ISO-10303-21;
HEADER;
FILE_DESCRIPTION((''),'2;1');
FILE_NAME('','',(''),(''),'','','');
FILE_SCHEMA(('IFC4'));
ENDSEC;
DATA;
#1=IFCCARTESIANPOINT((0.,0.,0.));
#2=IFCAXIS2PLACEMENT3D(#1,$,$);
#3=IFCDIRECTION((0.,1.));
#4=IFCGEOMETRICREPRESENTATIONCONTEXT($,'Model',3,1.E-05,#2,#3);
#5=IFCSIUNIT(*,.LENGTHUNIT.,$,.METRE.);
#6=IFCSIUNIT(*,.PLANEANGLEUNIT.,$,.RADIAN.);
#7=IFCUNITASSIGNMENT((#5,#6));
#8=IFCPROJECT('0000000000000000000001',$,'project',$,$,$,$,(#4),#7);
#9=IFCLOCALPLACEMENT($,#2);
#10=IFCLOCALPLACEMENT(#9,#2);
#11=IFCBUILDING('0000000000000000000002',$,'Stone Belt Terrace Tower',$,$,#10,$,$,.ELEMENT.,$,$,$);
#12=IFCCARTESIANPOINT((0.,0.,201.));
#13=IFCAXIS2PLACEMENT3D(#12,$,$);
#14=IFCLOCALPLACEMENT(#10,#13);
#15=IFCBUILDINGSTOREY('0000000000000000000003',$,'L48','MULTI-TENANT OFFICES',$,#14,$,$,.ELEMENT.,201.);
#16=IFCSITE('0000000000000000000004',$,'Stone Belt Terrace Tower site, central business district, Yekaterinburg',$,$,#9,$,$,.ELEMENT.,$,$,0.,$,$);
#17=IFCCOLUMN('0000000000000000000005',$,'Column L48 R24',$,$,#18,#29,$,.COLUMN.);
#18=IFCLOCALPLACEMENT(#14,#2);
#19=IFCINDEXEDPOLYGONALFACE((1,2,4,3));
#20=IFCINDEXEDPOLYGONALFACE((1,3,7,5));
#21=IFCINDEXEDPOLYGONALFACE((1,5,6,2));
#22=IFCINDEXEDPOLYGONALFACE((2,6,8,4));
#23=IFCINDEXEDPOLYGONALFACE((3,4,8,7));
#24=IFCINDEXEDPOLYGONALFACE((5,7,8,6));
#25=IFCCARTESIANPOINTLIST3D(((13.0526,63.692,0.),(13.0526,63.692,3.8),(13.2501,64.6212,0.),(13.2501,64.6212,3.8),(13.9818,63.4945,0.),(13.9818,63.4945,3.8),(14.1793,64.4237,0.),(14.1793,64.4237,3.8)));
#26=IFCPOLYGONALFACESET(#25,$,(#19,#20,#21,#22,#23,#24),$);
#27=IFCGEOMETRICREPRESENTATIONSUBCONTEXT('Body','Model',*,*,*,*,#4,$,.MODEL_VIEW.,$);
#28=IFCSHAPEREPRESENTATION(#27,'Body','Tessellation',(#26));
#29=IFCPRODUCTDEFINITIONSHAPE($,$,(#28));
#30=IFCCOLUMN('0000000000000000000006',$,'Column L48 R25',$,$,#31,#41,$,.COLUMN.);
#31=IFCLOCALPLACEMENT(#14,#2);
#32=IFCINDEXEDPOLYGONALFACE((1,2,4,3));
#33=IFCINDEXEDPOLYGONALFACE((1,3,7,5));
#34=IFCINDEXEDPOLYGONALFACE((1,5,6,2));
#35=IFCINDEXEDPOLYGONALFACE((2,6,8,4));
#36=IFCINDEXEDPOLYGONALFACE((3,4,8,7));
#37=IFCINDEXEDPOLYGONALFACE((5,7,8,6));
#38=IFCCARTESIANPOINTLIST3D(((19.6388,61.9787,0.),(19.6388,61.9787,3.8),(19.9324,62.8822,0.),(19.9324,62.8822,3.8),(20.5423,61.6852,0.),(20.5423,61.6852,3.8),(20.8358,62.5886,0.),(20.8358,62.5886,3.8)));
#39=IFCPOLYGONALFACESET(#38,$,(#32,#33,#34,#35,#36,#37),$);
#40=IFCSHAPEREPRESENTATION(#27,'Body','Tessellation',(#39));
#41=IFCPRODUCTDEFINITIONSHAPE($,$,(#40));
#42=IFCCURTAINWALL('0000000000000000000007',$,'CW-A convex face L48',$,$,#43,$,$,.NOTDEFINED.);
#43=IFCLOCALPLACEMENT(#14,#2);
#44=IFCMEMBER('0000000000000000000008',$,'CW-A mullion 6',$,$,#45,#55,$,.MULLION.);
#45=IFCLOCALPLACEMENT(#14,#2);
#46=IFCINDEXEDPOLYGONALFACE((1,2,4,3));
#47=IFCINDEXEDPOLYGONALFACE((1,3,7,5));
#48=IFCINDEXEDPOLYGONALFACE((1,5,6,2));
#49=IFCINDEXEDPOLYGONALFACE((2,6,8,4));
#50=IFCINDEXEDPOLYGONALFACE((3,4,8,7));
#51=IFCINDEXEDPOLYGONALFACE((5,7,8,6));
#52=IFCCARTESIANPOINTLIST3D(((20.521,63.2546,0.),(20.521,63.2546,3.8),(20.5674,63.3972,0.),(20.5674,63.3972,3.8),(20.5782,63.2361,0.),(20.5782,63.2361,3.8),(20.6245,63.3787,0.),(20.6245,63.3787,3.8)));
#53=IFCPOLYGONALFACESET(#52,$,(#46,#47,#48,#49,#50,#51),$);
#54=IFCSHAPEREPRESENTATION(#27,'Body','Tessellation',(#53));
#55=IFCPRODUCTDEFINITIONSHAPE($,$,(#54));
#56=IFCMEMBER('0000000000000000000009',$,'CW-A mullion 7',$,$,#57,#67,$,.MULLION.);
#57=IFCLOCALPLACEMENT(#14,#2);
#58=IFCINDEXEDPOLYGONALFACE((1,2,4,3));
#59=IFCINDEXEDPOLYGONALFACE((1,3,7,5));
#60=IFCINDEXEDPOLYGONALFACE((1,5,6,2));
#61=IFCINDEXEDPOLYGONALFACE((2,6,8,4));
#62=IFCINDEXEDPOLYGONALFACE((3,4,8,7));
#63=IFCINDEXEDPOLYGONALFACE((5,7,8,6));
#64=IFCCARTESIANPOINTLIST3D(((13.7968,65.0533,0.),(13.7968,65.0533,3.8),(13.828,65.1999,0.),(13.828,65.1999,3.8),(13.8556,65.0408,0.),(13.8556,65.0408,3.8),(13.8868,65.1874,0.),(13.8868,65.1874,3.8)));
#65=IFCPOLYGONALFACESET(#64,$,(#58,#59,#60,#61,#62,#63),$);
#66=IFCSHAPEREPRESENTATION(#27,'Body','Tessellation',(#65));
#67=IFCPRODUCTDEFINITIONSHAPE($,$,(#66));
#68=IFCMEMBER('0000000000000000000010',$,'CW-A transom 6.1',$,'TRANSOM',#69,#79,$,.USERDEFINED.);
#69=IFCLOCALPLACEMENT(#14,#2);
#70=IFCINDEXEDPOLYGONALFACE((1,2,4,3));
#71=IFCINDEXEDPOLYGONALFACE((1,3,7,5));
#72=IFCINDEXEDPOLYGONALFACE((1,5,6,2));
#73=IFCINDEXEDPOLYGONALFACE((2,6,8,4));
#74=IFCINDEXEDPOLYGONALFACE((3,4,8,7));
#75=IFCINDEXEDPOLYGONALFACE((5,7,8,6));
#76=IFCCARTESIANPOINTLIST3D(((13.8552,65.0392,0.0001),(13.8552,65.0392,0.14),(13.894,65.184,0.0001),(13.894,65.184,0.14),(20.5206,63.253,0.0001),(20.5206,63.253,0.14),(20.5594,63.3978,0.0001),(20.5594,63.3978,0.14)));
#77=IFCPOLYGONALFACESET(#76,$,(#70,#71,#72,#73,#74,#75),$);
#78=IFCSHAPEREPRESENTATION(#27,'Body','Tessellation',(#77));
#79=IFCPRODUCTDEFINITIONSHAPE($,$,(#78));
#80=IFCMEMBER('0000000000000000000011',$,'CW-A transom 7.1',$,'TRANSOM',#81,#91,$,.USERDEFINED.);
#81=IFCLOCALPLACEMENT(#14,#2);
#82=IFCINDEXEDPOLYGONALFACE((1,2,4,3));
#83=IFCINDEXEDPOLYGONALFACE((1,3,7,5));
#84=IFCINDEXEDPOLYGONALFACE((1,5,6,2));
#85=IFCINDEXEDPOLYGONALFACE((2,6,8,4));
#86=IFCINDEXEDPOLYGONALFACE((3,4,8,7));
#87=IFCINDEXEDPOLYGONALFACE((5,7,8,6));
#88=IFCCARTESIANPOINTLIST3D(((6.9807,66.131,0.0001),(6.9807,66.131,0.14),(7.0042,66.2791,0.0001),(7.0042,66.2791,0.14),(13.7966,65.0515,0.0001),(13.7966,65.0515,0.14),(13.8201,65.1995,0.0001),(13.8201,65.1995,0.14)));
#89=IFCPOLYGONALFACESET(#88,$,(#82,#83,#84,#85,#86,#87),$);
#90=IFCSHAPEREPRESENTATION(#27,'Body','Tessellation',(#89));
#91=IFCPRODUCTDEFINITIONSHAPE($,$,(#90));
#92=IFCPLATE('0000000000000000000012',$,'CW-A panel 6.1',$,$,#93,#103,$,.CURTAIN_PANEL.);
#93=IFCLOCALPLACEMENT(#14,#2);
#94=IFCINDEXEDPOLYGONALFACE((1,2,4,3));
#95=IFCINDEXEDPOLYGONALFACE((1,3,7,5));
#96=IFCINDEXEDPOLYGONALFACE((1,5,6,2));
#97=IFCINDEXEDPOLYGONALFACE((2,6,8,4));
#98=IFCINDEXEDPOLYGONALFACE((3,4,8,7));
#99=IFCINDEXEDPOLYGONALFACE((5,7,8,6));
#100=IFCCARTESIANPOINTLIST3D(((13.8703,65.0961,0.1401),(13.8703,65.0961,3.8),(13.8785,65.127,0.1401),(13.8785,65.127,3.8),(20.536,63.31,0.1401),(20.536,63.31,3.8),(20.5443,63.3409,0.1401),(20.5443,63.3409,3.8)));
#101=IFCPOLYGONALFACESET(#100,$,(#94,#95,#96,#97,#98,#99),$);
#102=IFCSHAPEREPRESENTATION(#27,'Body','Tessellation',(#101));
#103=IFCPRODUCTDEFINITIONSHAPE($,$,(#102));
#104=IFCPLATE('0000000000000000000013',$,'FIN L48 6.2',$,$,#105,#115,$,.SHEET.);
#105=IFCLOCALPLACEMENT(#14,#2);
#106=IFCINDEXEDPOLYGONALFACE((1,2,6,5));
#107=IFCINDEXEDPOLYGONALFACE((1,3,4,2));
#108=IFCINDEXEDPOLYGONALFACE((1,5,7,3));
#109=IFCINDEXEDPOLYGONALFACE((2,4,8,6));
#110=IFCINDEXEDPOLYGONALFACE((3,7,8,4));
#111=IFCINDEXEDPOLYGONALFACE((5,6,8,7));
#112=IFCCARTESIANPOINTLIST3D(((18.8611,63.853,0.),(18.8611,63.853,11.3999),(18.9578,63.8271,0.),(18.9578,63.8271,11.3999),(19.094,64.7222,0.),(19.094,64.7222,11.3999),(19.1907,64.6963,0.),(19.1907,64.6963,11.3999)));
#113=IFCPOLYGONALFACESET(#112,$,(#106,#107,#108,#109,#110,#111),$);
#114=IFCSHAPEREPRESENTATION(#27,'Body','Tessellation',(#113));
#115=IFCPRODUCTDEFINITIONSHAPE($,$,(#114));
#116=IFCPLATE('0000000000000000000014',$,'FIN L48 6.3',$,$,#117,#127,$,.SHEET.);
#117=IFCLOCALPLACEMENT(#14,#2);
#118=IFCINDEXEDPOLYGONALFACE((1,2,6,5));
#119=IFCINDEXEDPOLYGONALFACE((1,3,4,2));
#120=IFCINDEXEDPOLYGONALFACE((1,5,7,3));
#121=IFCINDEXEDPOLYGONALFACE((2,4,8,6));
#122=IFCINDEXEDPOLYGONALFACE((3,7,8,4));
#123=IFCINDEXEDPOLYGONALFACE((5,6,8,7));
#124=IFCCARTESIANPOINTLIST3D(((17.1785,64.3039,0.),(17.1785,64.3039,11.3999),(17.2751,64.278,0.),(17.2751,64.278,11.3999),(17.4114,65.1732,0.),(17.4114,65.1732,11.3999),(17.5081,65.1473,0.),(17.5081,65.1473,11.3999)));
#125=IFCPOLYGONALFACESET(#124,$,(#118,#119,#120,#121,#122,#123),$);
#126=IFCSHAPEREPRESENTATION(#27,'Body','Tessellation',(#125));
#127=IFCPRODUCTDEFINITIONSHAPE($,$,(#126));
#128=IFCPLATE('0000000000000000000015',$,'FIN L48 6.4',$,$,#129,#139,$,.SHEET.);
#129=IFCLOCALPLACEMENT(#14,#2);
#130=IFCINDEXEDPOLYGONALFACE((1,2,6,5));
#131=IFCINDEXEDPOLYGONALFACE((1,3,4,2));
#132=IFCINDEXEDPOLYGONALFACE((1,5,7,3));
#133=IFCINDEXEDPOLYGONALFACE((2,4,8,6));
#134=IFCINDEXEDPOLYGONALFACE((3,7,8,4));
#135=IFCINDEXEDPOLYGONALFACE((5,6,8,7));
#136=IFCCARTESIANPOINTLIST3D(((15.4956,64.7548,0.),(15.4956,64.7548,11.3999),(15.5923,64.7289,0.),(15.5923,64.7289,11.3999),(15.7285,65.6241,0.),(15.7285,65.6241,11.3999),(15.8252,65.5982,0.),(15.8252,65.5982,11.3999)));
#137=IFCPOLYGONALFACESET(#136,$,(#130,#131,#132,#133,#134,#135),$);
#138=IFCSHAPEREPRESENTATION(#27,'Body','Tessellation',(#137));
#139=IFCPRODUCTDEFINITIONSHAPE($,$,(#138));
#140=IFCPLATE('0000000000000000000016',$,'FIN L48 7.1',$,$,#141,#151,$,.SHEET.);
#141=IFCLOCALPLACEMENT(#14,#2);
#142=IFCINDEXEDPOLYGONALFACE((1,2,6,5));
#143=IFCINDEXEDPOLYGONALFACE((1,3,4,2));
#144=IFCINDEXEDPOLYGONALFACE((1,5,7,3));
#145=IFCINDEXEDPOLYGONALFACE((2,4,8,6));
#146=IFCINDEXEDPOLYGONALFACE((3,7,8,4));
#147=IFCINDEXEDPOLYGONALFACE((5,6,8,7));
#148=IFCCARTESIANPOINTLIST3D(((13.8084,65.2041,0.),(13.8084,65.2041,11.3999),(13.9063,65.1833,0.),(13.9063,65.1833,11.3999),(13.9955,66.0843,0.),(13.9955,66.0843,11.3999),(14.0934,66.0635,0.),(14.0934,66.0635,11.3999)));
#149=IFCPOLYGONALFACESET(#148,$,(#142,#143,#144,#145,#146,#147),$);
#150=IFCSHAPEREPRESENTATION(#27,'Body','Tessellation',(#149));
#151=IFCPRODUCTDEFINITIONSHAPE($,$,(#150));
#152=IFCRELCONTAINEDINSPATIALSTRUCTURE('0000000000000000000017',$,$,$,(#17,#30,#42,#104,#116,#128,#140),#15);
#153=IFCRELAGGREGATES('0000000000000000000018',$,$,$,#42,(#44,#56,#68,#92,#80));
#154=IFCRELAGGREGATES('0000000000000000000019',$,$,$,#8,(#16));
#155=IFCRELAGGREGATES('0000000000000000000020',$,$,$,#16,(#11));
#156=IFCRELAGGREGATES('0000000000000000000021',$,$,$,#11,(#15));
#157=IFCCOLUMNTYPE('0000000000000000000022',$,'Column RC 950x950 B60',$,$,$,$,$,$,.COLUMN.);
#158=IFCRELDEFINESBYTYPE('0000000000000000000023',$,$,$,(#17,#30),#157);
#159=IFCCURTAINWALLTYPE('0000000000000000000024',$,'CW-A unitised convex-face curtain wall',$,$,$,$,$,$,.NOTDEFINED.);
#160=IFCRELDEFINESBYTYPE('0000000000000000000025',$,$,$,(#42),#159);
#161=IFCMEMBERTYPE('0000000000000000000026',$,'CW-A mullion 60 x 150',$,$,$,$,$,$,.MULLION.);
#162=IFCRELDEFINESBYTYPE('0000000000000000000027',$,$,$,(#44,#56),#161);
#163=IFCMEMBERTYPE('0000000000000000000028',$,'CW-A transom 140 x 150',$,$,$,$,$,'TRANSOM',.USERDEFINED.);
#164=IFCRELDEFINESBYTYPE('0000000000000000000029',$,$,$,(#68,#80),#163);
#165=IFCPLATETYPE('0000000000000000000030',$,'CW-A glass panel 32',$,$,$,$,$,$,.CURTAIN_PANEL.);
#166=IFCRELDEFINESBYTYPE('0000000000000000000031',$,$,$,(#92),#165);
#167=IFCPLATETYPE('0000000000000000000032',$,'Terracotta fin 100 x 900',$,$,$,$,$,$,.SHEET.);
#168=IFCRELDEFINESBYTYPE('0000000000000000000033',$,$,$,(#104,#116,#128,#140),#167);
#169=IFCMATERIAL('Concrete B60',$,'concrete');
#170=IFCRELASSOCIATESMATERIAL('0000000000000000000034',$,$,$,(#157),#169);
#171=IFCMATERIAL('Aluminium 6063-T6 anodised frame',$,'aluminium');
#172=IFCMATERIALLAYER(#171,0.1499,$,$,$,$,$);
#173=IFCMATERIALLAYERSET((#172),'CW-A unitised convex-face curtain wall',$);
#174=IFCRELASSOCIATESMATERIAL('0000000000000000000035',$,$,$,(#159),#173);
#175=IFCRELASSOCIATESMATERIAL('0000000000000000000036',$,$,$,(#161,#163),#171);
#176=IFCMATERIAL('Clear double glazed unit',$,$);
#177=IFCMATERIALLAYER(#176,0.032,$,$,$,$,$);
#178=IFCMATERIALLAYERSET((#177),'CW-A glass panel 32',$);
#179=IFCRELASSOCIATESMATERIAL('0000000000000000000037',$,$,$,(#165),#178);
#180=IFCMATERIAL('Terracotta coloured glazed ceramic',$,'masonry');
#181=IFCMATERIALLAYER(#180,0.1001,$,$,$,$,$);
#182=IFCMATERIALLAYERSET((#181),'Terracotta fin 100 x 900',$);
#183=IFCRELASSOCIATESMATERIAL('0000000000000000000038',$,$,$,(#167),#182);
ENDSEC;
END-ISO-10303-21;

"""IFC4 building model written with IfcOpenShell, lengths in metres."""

from ifc_helpers import new_model, si_unit, direction, frame, origin, origin_2d, place, context, subcontext, project, spatial, rectangle, extrude, material, layer, layer_set, material_profile, profile_set, type_object, element, aggregate, save


model = new_model("IFC4")

# Units and contexts
model_context = context("Model", 3, precision=1e-05, world=origin(), true_north=direction((0.0, 1.0)))
body_context = subcontext(model_context, "Body", "Model", "MODEL_VIEW")
ifc_project = project(units=[si_unit("LENGTHUNIT", "METRE"), si_unit("PLANEANGLEUNIT", "RADIAN")], contexts=[model_context])

# Site, building, storey
site_placement = place(None, origin())
site = spatial("IfcSite", under=ifc_project, at=site_placement, Name="Stone Belt Terrace Tower site, central business district, Yekaterinburg", CompositionType="ELEMENT", RefElevation=0.0)
building_placement = place(site_placement, origin())
building = spatial("IfcBuilding", under=site, at=building_placement, Name="Stone Belt Terrace Tower", CompositionType="ELEMENT")
storey_placement = place(building_placement, frame((0.0, 0.0, 201.0)))
storey = spatial("IfcBuildingStorey", under=building, at=storey_placement, Name="L48", Description="MULTI-TENANT OFFICES", CompositionType="ELEMENT", Elevation=201.0)

# Columns
ifc_material_1 = material(Name="Concrete B60", Category="concrete")
ifc_material_profile_1 = material_profile(ifc_material_1, rectangle(XDim=0.95, YDim=0.95, at=origin_2d()), Name="RC 950x950")
ifc_profile_set_1 = profile_set([ifc_material_profile_1], Name="Concrete B60")
column_type = type_object("IfcColumnType", Name="Column RC 950x950 B60", PredefinedType="COLUMN", material=ifc_profile_set_1)
for number, where, z_axis, x_axis, name in (
    (1, (13.616, 64.0579, 0.0), (0.0, 0.0, 1.0), (0.978148, -0.207912, 0.0), "Column L48 R24"),
    (2, (20.2373, 62.2837, 0.0), (0.0, 0.0, 1.0), (0.951057, -0.309017, 0.0), "Column L48 R25"),
):
    element("IfcColumn", number, at=place(storey_placement, frame(where, z_axis=z_axis, x_axis=x_axis)), inside=storey, type_object=column_type, Name=name, PredefinedType="COLUMN", context=body_context, shape_type="SweptSolid", body=[
        extrude(rectangle(XDim=0.95, YDim=0.95, at=origin_2d()), origin(), (0.0, 0.0, 1.0), 3.8),
    ])

# Curtain wall, members, plate
ifc_material_2 = material(Name="Aluminium 6063-T6 anodised frame", Category="aluminium")
ifc_layer_1 = layer(ifc_material_2, 0.1499)
ifc_layer_set_1 = layer_set([ifc_layer_1], Name="CW-A unitised convex-face curtain wall")
curtain_wall_type = type_object("IfcCurtainWallType", Name="CW-A unitised convex-face curtain wall", PredefinedType="NOTDEFINED", material=ifc_layer_set_1)
curtain_wall_placement = place(storey_placement, origin())
curtain_wall = element("IfcCurtainWall", 3, at=curtain_wall_placement, inside=storey, type_object=curtain_wall_type, Name="CW-A convex face L48", PredefinedType="NOTDEFINED")
ifc_material_profile_2 = material_profile(ifc_material_2, rectangle(XDim=0.1499, YDim=0.0601, at=origin_2d()), Name="Aluminium 6063-T6 60x150")
ifc_profile_set_2 = profile_set([ifc_material_profile_2], Name="Aluminium 6063-T6 anodised frame")
member_type_1 = type_object("IfcMemberType", Name="CW-A mullion 60 x 150", PredefinedType="MULLION", material=ifc_profile_set_2)
member_1_placement = place(storey_placement, frame((20.5728, 63.3167, 0.0), z_axis=(0.0, 0.0, 1.0), x_axis=(-0.309017, -0.951057, 0.0)))
member_1 = element("IfcMember", 4, at=member_1_placement, type_object=member_type_1, Name="CW-A mullion 6", PredefinedType="MULLION", context=body_context, shape_type="SweptSolid", body=[
    extrude(rectangle(XDim=0.1499, YDim=0.0601, at=origin_2d()), origin(), (0.0, 0.0, 1.0), 3.8),
])
member_2_placement = place(storey_placement, frame((13.8418, 65.1204, 0.0), z_axis=(0.0, 0.0, 1.0), x_axis=(-0.207912, -0.978148, 0.0)))
member_2 = element("IfcMember", 5, at=member_2_placement, type_object=member_type_1, Name="CW-A mullion 7", PredefinedType="MULLION", context=body_context, shape_type="SweptSolid", body=[
    extrude(rectangle(XDim=0.1499, YDim=0.0601, at=origin_2d()), origin(), (0.0, 0.0, 1.0), 3.8),
])
ifc_material_profile_3 = material_profile(ifc_material_2, rectangle(XDim=0.1499, YDim=0.1399, at=origin_2d()), Name="Aluminium 6063-T6 150x140")
ifc_profile_set_3 = profile_set([ifc_material_profile_3], Name="Aluminium 6063-T6 anodised frame")
member_type_2 = type_object("IfcMemberType", Name="CW-A transom 140 x 150", ElementType="TRANSOM", PredefinedType="USERDEFINED", material=ifc_profile_set_3)
member_3_placement = place(storey_placement, frame((20.54, 63.3254, 0.0701), z_axis=(-0.965922, 0.258834, 0.0), x_axis=(-0.258834, -0.965922, 0.0)))
member_3 = element("IfcMember", 6, at=member_3_placement, type_object=member_type_2, Name="CW-A transom 6.1", ObjectType="TRANSOM", PredefinedType="USERDEFINED", context=body_context, shape_type="SweptSolid", body=[
    extrude(rectangle(XDim=0.1499, YDim=0.1399, at=origin_2d()), origin(), (0.0, 0.0, 1.0), 6.9006),
])
member_4_placement = place(storey_placement, frame((13.8083, 65.1255, 0.0701), z_axis=(-0.987687, 0.156442, 0.0), x_axis=(-0.156442, -0.987687, 0.0)))
member_4 = element("IfcMember", 7, at=member_4_placement, type_object=member_type_2, Name="CW-A transom 7.1", ObjectType="TRANSOM", PredefinedType="USERDEFINED", context=body_context, shape_type="SweptSolid", body=[
    extrude(rectangle(XDim=0.1499, YDim=0.1399, at=origin_2d()), origin(), (0.0, 0.0, 1.0), 6.9009),
])
ifc_material_3 = material(Name="Clear double glazed unit")
ifc_layer_2 = layer(ifc_material_3, 0.032)
ifc_layer_set_2 = layer_set([ifc_layer_2], Name="CW-A glass panel 32")
plate_type_1 = type_object("IfcPlateType", Name="CW-A glass panel 32", PredefinedType="CURTAIN_PANEL", material=ifc_layer_set_2)
plate_placement = place(storey_placement, frame((17.2073, 64.2185, 0.1401), z_axis=(0.0, 0.0, 1.0), x_axis=(-0.965926, 0.258819, 0.0)))
plate = element("IfcPlate", 8, at=plate_placement, type_object=plate_type_1, Name="CW-A panel 6.1", PredefinedType="CURTAIN_PANEL", context=body_context, shape_type="SweptSolid", body=[
    extrude(rectangle(XDim=6.9009, YDim=0.032, at=origin_2d()), origin(), (0.0, 0.0, 1.0), 3.6599),
])
aggregate(curtain_wall, [member_1, member_2, member_3, plate, member_4])

# Plates
ifc_material_4 = material(Name="Terracotta coloured glazed ceramic", Category="masonry")
ifc_layer_3 = layer(ifc_material_4, 0.1001)
ifc_layer_set_3 = layer_set([ifc_layer_3], Name="Terracotta fin 100 x 900")
plate_type_2 = type_object("IfcPlateType", Name="Terracotta fin 100 x 900", PredefinedType="SHEET", material=ifc_layer_set_3)
for number, where, z_axis, x_axis, name in (
    (9, (19.0259, 64.2747, 0.0), (0.0, 0.0, 1.0), (0.258819, 0.965926, 0.0), "FIN L48 6.2"),
    (10, (17.3433, 64.7256, 0.0), (0.0, 0.0, 1.0), (0.258819, 0.965926, 0.0), "FIN L48 6.3"),
    (11, (15.6604, 65.1765, 0.0), (0.0, 0.0, 1.0), (0.258819, 0.965926, 0.0), "FIN L48 6.4"),
    (12, (13.9509, 65.6338, 0.0), (0.0, 0.0, 1.0), (0.207912, 0.978148, 0.0), "FIN L48 7.1"),
):
    element("IfcPlate", number, at=place(storey_placement, frame(where, z_axis=z_axis, x_axis=x_axis)), inside=storey, type_object=plate_type_2, Name=name, PredefinedType="SHEET", context=body_context, shape_type="SweptSolid", body=[
        extrude(rectangle(XDim=0.8999, YDim=0.1001, at=origin_2d()), origin(), (0.0, 0.0, 1.0), 11.3999),
    ])

save(model, "model.ifc")
